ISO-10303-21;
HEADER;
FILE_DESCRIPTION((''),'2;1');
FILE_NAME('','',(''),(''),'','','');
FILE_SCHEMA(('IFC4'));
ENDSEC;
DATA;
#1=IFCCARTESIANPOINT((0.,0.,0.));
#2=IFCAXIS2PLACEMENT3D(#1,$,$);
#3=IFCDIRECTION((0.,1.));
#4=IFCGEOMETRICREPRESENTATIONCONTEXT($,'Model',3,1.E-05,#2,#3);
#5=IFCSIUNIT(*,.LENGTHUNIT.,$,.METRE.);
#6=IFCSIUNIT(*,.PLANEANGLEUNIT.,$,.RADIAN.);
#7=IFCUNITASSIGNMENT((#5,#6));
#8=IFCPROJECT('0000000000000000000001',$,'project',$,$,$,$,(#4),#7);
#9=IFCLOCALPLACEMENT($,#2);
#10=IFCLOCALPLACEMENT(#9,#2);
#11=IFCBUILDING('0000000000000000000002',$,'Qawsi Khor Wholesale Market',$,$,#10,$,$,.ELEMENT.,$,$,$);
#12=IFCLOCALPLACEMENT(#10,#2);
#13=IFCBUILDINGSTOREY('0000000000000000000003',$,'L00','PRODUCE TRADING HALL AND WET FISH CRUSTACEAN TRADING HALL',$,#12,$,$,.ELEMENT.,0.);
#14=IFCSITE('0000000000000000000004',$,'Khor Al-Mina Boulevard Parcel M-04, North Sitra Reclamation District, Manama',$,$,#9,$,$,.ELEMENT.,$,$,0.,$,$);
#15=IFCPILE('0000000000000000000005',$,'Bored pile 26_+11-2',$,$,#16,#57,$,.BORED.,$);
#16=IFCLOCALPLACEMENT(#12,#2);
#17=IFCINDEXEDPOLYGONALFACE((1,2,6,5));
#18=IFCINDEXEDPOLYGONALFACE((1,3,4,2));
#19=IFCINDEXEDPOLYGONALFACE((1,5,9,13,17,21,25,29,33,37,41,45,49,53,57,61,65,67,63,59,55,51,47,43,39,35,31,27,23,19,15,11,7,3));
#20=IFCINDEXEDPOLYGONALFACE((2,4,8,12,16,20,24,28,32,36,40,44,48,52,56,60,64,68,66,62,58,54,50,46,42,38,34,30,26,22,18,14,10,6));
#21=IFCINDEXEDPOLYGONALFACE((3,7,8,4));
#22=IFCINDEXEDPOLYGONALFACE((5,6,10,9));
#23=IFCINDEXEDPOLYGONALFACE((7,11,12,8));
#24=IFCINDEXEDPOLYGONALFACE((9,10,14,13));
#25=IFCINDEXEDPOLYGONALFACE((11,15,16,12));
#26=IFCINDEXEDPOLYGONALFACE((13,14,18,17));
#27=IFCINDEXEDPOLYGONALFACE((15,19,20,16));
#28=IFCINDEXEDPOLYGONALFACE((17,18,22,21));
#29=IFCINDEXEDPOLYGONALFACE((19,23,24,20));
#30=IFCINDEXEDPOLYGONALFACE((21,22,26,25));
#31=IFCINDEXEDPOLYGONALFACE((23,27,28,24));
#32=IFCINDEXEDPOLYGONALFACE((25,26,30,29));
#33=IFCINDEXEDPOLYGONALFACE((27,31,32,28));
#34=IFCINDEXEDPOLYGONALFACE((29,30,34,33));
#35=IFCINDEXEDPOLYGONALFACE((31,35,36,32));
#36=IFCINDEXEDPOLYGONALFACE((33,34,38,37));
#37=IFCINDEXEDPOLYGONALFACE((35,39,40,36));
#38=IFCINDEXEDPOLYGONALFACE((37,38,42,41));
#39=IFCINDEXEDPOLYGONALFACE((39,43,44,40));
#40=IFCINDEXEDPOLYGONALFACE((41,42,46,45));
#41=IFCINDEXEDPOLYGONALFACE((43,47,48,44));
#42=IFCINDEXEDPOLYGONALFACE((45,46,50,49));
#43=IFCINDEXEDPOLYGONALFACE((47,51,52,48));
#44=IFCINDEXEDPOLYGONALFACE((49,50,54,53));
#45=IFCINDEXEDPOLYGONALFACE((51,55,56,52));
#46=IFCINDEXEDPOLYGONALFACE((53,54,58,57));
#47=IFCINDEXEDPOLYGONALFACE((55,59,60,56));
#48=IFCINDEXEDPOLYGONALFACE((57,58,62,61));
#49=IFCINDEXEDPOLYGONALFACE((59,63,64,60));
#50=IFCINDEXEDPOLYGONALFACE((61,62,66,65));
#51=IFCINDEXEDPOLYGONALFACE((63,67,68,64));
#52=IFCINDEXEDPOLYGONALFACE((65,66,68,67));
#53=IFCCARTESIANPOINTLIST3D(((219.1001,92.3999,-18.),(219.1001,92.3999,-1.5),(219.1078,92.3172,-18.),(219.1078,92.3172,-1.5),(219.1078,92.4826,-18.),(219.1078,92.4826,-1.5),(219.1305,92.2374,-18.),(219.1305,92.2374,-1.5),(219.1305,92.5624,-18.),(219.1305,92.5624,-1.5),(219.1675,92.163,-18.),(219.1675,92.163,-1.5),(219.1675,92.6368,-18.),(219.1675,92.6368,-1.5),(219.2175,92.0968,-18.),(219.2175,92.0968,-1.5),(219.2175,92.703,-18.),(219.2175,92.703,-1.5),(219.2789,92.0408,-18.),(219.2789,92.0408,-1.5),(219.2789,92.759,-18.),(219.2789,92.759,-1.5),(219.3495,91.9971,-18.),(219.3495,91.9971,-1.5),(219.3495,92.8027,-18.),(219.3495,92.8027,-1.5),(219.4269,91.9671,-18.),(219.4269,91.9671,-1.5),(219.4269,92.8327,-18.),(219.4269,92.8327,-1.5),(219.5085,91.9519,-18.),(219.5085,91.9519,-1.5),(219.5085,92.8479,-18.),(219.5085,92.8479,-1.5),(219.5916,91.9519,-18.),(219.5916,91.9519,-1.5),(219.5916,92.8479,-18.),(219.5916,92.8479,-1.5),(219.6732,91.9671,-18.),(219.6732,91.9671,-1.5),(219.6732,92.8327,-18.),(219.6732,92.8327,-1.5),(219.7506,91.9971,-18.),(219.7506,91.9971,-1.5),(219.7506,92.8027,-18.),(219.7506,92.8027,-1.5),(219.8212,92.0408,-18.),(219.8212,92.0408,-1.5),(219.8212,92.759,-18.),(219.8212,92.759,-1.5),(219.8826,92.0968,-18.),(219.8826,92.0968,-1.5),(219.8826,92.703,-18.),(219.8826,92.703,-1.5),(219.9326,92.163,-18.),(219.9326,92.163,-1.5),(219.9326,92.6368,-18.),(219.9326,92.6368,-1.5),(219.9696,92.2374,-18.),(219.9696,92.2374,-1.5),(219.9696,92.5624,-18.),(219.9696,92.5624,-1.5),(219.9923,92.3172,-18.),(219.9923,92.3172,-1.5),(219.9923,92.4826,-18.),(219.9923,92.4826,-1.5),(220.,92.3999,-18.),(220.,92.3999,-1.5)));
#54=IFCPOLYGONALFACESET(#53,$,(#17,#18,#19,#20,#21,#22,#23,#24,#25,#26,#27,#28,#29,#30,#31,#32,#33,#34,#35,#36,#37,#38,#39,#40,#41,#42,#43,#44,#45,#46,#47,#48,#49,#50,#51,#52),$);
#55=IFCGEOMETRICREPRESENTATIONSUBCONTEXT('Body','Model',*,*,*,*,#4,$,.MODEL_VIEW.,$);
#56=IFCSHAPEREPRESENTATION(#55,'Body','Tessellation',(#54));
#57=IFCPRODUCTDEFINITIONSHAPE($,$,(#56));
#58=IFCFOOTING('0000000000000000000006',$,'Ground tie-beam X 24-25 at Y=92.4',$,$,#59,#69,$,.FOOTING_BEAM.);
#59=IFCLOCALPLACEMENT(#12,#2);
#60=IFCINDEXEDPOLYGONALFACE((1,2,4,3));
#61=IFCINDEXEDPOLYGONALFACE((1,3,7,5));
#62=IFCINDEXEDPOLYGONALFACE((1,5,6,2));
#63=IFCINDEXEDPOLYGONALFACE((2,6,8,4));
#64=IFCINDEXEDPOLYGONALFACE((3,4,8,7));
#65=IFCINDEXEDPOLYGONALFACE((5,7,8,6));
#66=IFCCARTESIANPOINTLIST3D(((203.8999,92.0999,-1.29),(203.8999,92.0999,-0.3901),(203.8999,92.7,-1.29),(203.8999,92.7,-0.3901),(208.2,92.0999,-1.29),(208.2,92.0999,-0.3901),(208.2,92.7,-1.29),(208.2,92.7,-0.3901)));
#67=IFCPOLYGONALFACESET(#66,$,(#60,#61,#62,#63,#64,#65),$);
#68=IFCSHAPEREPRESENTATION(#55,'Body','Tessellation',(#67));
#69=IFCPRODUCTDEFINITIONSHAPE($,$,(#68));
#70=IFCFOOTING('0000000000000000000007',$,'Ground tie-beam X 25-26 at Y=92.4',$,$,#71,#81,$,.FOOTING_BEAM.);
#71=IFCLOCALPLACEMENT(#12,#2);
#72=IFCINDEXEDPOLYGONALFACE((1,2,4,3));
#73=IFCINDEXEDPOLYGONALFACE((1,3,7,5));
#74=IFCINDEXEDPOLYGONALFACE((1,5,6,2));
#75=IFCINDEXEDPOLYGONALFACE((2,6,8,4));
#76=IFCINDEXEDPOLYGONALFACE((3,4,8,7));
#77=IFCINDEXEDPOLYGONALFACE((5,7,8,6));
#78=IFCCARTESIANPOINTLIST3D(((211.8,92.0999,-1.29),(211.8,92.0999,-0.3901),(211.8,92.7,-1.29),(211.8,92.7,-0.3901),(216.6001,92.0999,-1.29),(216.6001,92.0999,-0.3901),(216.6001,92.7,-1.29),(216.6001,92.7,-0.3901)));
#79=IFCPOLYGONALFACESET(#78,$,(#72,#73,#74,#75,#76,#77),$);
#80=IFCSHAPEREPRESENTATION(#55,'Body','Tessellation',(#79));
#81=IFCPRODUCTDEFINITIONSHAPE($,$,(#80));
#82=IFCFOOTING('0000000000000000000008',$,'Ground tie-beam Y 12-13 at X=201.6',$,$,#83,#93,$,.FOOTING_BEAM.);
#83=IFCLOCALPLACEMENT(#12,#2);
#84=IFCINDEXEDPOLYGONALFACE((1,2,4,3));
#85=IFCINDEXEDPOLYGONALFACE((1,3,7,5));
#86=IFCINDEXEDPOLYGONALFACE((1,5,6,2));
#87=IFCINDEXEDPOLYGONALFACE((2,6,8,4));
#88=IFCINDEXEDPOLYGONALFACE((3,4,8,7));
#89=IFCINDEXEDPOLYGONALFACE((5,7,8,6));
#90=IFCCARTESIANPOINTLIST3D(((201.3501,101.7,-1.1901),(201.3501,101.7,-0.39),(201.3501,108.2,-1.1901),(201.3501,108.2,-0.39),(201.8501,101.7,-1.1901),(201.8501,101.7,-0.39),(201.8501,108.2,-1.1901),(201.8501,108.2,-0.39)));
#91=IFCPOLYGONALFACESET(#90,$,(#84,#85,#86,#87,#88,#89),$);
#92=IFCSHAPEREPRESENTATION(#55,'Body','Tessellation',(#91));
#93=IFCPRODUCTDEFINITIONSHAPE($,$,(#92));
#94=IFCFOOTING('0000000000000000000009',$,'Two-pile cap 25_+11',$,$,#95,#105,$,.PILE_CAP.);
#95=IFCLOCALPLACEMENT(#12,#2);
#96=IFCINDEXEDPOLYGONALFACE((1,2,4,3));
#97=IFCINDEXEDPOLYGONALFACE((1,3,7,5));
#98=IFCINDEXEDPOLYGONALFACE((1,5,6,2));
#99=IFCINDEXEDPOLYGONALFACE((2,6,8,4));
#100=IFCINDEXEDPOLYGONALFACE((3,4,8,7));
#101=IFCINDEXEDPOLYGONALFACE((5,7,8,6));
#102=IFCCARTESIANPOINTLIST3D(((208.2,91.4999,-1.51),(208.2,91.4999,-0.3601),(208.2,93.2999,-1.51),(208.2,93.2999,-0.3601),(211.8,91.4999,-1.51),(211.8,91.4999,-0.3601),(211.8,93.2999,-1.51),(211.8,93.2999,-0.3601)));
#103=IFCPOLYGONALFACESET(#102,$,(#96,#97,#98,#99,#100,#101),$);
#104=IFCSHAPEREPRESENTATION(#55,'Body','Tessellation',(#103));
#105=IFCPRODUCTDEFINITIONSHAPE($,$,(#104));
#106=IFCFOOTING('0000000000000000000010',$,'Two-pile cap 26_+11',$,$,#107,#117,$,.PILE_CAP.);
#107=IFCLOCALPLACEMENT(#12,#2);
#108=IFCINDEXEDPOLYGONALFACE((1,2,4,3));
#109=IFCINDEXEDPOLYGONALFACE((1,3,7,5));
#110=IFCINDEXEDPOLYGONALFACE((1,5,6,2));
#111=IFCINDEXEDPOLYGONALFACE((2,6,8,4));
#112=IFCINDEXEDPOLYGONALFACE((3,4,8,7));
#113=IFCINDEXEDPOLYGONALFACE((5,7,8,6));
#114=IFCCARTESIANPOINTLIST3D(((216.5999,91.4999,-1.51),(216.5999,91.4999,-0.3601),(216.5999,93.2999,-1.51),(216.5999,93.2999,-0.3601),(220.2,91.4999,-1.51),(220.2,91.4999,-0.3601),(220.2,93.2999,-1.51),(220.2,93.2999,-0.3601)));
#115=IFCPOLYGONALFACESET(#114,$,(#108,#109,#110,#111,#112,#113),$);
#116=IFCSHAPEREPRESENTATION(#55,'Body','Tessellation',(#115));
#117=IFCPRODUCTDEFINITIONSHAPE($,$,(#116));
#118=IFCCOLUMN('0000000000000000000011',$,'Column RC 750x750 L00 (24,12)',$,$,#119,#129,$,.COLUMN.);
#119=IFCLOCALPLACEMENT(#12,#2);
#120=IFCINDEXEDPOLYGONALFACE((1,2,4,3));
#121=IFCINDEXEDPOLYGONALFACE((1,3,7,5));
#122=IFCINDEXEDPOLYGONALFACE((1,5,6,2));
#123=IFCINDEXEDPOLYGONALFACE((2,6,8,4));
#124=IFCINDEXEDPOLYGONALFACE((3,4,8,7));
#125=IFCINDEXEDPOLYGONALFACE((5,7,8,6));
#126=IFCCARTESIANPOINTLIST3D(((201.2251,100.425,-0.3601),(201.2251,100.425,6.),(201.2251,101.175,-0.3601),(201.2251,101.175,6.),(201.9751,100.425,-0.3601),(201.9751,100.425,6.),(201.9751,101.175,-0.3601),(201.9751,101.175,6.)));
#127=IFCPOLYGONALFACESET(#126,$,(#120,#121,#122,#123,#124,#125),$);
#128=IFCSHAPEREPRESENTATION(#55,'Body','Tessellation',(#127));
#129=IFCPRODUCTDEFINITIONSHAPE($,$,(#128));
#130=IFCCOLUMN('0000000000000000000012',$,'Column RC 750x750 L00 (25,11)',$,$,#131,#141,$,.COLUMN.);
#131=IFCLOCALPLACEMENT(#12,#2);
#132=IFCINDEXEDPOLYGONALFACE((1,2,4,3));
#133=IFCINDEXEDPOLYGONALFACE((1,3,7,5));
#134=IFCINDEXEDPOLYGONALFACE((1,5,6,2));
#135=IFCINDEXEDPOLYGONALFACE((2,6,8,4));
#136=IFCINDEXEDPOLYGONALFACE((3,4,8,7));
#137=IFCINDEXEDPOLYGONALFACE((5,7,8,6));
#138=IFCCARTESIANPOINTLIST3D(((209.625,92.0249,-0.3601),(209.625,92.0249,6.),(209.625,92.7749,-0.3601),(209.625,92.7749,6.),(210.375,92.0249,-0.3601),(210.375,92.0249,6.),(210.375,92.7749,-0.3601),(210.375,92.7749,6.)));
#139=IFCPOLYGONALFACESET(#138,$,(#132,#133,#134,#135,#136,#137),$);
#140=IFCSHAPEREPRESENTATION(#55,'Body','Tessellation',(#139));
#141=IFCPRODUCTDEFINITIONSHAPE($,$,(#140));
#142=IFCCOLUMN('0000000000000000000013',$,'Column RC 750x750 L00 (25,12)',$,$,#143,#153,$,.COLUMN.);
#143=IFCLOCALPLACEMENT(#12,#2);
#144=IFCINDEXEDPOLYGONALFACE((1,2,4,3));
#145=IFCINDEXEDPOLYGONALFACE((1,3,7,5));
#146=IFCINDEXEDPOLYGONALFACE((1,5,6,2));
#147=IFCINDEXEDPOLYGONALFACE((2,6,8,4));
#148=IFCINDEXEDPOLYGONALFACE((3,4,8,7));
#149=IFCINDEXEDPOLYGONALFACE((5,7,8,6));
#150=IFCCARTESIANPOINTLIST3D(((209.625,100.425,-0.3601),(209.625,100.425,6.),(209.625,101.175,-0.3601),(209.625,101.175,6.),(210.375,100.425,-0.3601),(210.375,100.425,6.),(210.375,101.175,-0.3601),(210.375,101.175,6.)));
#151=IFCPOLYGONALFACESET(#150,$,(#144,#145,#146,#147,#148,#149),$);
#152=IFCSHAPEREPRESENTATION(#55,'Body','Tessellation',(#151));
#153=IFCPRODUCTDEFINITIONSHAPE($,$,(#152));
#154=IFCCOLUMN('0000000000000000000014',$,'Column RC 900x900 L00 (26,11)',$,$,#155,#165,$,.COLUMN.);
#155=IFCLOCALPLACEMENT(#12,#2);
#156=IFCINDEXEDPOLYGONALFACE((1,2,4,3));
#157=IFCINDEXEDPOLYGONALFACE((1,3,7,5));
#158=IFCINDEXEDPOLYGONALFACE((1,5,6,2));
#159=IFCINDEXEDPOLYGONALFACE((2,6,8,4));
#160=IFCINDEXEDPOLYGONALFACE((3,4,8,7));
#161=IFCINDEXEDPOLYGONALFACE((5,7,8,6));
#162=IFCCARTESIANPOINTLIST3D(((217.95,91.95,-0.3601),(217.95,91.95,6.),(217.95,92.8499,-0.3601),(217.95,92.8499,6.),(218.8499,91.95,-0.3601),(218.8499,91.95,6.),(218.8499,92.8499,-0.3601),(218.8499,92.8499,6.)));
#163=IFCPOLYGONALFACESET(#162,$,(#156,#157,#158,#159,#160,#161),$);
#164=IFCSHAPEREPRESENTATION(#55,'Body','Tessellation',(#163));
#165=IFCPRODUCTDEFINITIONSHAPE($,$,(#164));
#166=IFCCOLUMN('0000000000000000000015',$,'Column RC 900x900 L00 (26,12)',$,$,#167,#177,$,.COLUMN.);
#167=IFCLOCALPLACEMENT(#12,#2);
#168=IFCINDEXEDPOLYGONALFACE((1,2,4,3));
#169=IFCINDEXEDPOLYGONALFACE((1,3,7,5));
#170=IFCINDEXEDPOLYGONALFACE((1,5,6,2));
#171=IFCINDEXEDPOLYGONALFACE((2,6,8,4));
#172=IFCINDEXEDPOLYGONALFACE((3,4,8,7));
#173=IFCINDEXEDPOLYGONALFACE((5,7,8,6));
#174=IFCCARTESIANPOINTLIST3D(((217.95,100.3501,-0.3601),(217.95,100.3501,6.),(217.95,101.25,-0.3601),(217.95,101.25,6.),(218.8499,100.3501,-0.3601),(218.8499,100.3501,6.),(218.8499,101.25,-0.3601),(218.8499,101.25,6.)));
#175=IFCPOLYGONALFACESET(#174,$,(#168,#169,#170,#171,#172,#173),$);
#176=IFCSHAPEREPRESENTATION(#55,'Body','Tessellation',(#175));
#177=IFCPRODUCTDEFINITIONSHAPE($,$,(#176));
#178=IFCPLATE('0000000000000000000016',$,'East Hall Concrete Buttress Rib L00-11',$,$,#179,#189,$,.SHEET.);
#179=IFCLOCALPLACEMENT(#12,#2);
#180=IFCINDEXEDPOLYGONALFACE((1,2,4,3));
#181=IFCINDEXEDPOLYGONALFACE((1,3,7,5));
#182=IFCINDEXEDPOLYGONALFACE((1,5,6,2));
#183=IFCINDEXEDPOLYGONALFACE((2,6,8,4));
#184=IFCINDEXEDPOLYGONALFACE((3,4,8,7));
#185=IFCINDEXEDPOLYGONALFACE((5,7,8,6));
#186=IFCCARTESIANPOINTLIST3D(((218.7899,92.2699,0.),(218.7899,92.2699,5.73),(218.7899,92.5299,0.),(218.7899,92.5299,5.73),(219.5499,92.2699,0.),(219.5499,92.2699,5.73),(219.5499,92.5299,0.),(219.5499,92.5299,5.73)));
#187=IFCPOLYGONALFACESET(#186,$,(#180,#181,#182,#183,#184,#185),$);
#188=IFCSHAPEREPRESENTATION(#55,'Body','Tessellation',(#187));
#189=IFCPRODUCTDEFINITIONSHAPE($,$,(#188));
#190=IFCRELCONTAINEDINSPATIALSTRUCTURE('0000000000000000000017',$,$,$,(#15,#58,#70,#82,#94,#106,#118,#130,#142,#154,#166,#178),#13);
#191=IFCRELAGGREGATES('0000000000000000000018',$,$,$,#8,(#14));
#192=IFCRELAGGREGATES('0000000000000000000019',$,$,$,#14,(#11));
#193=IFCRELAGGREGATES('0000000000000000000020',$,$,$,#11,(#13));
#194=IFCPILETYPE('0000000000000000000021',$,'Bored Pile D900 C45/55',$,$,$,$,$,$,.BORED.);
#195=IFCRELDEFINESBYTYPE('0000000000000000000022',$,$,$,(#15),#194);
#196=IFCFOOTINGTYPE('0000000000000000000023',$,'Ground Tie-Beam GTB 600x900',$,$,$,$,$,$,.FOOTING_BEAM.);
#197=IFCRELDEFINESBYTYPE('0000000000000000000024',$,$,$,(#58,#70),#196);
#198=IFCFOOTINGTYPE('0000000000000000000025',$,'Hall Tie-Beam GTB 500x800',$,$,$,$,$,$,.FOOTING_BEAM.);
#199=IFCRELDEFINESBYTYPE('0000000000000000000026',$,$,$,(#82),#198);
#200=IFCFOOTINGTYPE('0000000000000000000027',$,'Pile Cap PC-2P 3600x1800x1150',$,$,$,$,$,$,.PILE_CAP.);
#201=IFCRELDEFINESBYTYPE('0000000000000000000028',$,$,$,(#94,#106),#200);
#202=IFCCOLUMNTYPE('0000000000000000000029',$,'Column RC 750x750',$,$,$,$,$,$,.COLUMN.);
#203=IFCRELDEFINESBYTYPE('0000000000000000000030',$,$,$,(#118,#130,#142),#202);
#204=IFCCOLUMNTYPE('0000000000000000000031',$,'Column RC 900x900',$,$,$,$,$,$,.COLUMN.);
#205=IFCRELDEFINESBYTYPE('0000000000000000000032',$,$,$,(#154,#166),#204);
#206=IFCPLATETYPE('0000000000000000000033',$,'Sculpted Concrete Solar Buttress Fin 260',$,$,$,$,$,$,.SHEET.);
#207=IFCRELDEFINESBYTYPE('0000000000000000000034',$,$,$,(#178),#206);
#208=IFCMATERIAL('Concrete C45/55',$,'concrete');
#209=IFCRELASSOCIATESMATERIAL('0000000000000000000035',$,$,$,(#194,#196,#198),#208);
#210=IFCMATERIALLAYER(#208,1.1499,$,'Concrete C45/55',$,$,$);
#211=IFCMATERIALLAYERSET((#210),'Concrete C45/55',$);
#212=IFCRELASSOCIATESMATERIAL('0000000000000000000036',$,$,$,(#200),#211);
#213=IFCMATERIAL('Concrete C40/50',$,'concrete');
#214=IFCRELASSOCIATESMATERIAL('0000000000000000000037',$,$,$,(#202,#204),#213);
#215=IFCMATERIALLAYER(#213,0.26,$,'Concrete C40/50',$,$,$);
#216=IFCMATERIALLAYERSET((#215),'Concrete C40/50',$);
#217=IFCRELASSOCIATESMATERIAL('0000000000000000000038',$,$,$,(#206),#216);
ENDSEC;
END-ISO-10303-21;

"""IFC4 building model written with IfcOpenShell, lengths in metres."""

from ifc_helpers import new_model, si_unit, direction, frame, frame_2d, origin, origin_2d, place, context, subcontext, project, spatial, rectangle, circle, extrude, material, layer, layer_set, material_profile, profile_set, type_object, element, save


model = new_model("IFC4")

# Units and contexts
model_context = context("Model", 3, precision=1e-05, world=origin(), true_north=direction((0.0, 1.0)))
body_context = subcontext(model_context, "Body", "Model", "MODEL_VIEW")
ifc_project = project(units=[si_unit("LENGTHUNIT", "METRE"), si_unit("PLANEANGLEUNIT", "RADIAN")], contexts=[model_context])

# Site, building, storey
site_placement = place(None, origin())
site = spatial("IfcSite", under=ifc_project, at=site_placement, Name="Khor Al-Mina Boulevard Parcel M-04, North Sitra Reclamation District, Manama", CompositionType="ELEMENT", RefElevation=0.0)
building_placement = place(site_placement, origin())
building = spatial("IfcBuilding", under=site, at=building_placement, Name="Qawsi Khor Wholesale Market", CompositionType="ELEMENT")
storey_placement = place(building_placement, origin())
storey = spatial("IfcBuildingStorey", under=building, at=storey_placement, Name="L00", Description="PRODUCE TRADING HALL AND WET FISH CRUSTACEAN TRADING HALL", CompositionType="ELEMENT", Elevation=0.0)

# Pile
ifc_material_1 = material(Name="Concrete C45/55", Category="concrete")
ifc_material_profile_1 = material_profile(ifc_material_1, circle(Radius=0.45, at=origin_2d()), Name="PILE D900")
ifc_profile_set_1 = profile_set([ifc_material_profile_1], Name="Concrete C45/55")
pile_type_1 = type_object("IfcPileType", Name="Bored Pile D900 C45/55", PredefinedType="BORED", material=ifc_profile_set_1)
for number, where, z_axis, x_axis, name in (
    (1, (219.55, 92.3999, -1.5), (0.0, 0.0, -1.0), (1.0, 0.0, 0.0), "Bored pile 26_+11-2"),
):
    element("IfcPile", number, at=place(storey_placement, frame(where, z_axis=z_axis, x_axis=x_axis)), inside=storey, type_object=pile_type_1, Name=name, PredefinedType="BORED", context=body_context, shape_type="SweptSolid", body=[
        extrude(circle(Radius=0.45, at=origin_2d()), origin(), (0.0, 0.0, 1.0), 16.5),
    ])

# Footings
ifc_material_profile_2 = material_profile(ifc_material_1, rectangle(XDim=0.6001, YDim=0.8999, at=origin_2d()), Name="RC 600x900")
ifc_profile_set_2 = profile_set([ifc_material_profile_2], Name="Concrete C45/55")
footing_type_1 = type_object("IfcFootingType", Name="Ground Tie-Beam GTB 600x900", PredefinedType="FOOTING_BEAM", material=ifc_profile_set_2)
footing_1_placement = place(storey_placement, frame((203.8999, 92.3999, -0.8401), z_axis=(1.0, 0.0, 0.0), x_axis=(0.0, 1.0, 0.0)))
element("IfcFooting", 2, at=footing_1_placement, inside=storey, type_object=footing_type_1, Name="Ground tie-beam X 24-25 at Y=92.4", PredefinedType="FOOTING_BEAM", context=body_context, shape_type="SweptSolid", body=[
    extrude(rectangle(XDim=0.6001, YDim=0.8999, at=origin_2d()), origin(), (0.0, 0.0, 1.0), 4.3),
])
footing_2_placement = place(storey_placement, frame((211.8, 92.3999, -0.8401), z_axis=(1.0, 0.0, 0.0), x_axis=(0.0, 1.0, 0.0)))
element("IfcFooting", 3, at=footing_2_placement, inside=storey, type_object=footing_type_1, Name="Ground tie-beam X 25-26 at Y=92.4", PredefinedType="FOOTING_BEAM", context=body_context, shape_type="SweptSolid", body=[
    extrude(rectangle(XDim=0.6001, YDim=0.8999, at=origin_2d()), origin(), (0.0, 0.0, 1.0), 4.8),
])
ifc_material_profile_3 = material_profile(ifc_material_1, rectangle(XDim=0.5, YDim=0.8, at=origin_2d()), Name="RC 500x800")
ifc_profile_set_3 = profile_set([ifc_material_profile_3], Name="Concrete C45/55")
footing_type_2 = type_object("IfcFootingType", Name="Hall Tie-Beam GTB 500x800", PredefinedType="FOOTING_BEAM", material=ifc_profile_set_3)
footing_3_placement = place(storey_placement, frame((201.6001, 101.7, -0.79), z_axis=(0.0, 1.0, 0.0), x_axis=(-1.0, 0.0, 0.0)))
element("IfcFooting", 4, at=footing_3_placement, inside=storey, type_object=footing_type_2, Name="Ground tie-beam Y 12-13 at X=201.6", PredefinedType="FOOTING_BEAM", context=body_context, shape_type="SweptSolid", body=[
    extrude(rectangle(XDim=0.5, YDim=0.8, at=origin_2d()), origin(), (0.0, 0.0, 1.0), 6.5),
])
ifc_layer_1 = layer(ifc_material_1, 1.1499, Name="Concrete C45/55")
ifc_layer_set_1 = layer_set([ifc_layer_1], Name="Concrete C45/55")
footing_type_3 = type_object("IfcFootingType", Name="Pile Cap PC-2P 3600x1800x1150", PredefinedType="PILE_CAP", material=ifc_layer_set_1)
for number, where, z_axis, x_axis, name in (
    (5, (210.0, 92.3999, -1.51), (0.0, 0.0, 1.0), (1.0, 0.0, 0.0), "Two-pile cap 25_+11"),
    (6, (218.3999, 92.3999, -1.51), (0.0, 0.0, 1.0), (1.0, 0.0, 0.0), "Two-pile cap 26_+11"),
):
    element("IfcFooting", number, at=place(storey_placement, frame(where, z_axis=z_axis, x_axis=x_axis)), inside=storey, type_object=footing_type_3, Name=name, PredefinedType="PILE_CAP", context=body_context, shape_type="SweptSolid", body=[
        extrude(rectangle(XDim=3.6001, YDim=1.8, at=origin_2d()), origin(), (0.0, 0.0, 1.0), 1.1499),
    ])

# Columns
ifc_material_2 = material(Name="Concrete C40/50", Category="concrete")
ifc_material_profile_4 = material_profile(ifc_material_2, rectangle(XDim=0.75, YDim=0.75, at=origin_2d()), Name="RC 750x750")
ifc_profile_set_4 = profile_set([ifc_material_profile_4], Name="Concrete C40/50")
column_type_1 = type_object("IfcColumnType", Name="Column RC 750x750", PredefinedType="COLUMN", material=ifc_profile_set_4)
for number, where, z_axis, x_axis, name in (
    (7, (201.6001, 100.8, -0.3601), (0.0, 0.0, 1.0), (1.0, 0.0, 0.0), "Column RC 750x750 L00 (24,12)"),
    (8, (210.0, 92.3999, -0.3601), (0.0, 0.0, 1.0), (1.0, 0.0, 0.0), "Column RC 750x750 L00 (25,11)"),
    (9, (210.0, 100.8, -0.3601), (0.0, 0.0, 1.0), (1.0, 0.0, 0.0), "Column RC 750x750 L00 (25,12)"),
):
    element("IfcColumn", number, at=place(storey_placement, frame(where, z_axis=z_axis, x_axis=x_axis)), inside=storey, type_object=column_type_1, Name=name, PredefinedType="COLUMN", context=body_context, shape_type="SweptSolid", body=[
        extrude(rectangle(XDim=0.75, YDim=0.75, at=origin_2d()), origin(), (0.0, 0.0, 1.0), 6.3601),
    ])
ifc_material_profile_5 = material_profile(ifc_material_2, rectangle(XDim=0.8999, YDim=0.8999, at=origin_2d()), Name="RC 900x900")
ifc_profile_set_5 = profile_set([ifc_material_profile_5], Name="Concrete C40/50")
column_type_2 = type_object("IfcColumnType", Name="Column RC 900x900", PredefinedType="COLUMN", material=ifc_profile_set_5)
for number, where, z_axis, x_axis, name in (
    (10, (218.3999, 92.3999, -0.3601), (0.0, 0.0, 1.0), (1.0, 0.0, 0.0), "Column RC 900x900 L00 (26,11)"),
    (11, (218.3999, 100.8, -0.3601), (0.0, 0.0, 1.0), (1.0, 0.0, 0.0), "Column RC 900x900 L00 (26,12)"),
):
    element("IfcColumn", number, at=place(storey_placement, frame(where, z_axis=z_axis, x_axis=x_axis)), inside=storey, type_object=column_type_2, Name=name, PredefinedType="COLUMN", context=body_context, shape_type="SweptSolid", body=[
        extrude(rectangle(XDim=0.8999, YDim=0.8999, at=origin_2d()), origin(), (0.0, 0.0, 1.0), 6.3601),
    ])

# Plate
ifc_layer_2 = layer(ifc_material_2, 0.26, Name="Concrete C40/50")
ifc_layer_set_2 = layer_set([ifc_layer_2], Name="Concrete C40/50")
plate_type = type_object("IfcPlateType", Name="Sculpted Concrete Solar Buttress Fin 260", PredefinedType="SHEET", material=ifc_layer_set_2)
plate_placement = place(storey_placement, frame((218.79, 92.3999, 0.0), z_axis=(0.0, 0.0, 1.0), x_axis=(1.0, 0.0, 0.0)))
element("IfcPlate", 12, at=plate_placement, inside=storey, type_object=plate_type, Name="East Hall Concrete Buttress Rib L00-11", PredefinedType="SHEET", context=body_context, shape_type="SweptSolid", body=[
    extrude(rectangle(XDim=0.76, YDim=0.26, at=frame_2d((0.3799, 0.0))), origin(), (0.0, 0.0, 1.0), 5.73),
])

save(model, "model.ifc")
